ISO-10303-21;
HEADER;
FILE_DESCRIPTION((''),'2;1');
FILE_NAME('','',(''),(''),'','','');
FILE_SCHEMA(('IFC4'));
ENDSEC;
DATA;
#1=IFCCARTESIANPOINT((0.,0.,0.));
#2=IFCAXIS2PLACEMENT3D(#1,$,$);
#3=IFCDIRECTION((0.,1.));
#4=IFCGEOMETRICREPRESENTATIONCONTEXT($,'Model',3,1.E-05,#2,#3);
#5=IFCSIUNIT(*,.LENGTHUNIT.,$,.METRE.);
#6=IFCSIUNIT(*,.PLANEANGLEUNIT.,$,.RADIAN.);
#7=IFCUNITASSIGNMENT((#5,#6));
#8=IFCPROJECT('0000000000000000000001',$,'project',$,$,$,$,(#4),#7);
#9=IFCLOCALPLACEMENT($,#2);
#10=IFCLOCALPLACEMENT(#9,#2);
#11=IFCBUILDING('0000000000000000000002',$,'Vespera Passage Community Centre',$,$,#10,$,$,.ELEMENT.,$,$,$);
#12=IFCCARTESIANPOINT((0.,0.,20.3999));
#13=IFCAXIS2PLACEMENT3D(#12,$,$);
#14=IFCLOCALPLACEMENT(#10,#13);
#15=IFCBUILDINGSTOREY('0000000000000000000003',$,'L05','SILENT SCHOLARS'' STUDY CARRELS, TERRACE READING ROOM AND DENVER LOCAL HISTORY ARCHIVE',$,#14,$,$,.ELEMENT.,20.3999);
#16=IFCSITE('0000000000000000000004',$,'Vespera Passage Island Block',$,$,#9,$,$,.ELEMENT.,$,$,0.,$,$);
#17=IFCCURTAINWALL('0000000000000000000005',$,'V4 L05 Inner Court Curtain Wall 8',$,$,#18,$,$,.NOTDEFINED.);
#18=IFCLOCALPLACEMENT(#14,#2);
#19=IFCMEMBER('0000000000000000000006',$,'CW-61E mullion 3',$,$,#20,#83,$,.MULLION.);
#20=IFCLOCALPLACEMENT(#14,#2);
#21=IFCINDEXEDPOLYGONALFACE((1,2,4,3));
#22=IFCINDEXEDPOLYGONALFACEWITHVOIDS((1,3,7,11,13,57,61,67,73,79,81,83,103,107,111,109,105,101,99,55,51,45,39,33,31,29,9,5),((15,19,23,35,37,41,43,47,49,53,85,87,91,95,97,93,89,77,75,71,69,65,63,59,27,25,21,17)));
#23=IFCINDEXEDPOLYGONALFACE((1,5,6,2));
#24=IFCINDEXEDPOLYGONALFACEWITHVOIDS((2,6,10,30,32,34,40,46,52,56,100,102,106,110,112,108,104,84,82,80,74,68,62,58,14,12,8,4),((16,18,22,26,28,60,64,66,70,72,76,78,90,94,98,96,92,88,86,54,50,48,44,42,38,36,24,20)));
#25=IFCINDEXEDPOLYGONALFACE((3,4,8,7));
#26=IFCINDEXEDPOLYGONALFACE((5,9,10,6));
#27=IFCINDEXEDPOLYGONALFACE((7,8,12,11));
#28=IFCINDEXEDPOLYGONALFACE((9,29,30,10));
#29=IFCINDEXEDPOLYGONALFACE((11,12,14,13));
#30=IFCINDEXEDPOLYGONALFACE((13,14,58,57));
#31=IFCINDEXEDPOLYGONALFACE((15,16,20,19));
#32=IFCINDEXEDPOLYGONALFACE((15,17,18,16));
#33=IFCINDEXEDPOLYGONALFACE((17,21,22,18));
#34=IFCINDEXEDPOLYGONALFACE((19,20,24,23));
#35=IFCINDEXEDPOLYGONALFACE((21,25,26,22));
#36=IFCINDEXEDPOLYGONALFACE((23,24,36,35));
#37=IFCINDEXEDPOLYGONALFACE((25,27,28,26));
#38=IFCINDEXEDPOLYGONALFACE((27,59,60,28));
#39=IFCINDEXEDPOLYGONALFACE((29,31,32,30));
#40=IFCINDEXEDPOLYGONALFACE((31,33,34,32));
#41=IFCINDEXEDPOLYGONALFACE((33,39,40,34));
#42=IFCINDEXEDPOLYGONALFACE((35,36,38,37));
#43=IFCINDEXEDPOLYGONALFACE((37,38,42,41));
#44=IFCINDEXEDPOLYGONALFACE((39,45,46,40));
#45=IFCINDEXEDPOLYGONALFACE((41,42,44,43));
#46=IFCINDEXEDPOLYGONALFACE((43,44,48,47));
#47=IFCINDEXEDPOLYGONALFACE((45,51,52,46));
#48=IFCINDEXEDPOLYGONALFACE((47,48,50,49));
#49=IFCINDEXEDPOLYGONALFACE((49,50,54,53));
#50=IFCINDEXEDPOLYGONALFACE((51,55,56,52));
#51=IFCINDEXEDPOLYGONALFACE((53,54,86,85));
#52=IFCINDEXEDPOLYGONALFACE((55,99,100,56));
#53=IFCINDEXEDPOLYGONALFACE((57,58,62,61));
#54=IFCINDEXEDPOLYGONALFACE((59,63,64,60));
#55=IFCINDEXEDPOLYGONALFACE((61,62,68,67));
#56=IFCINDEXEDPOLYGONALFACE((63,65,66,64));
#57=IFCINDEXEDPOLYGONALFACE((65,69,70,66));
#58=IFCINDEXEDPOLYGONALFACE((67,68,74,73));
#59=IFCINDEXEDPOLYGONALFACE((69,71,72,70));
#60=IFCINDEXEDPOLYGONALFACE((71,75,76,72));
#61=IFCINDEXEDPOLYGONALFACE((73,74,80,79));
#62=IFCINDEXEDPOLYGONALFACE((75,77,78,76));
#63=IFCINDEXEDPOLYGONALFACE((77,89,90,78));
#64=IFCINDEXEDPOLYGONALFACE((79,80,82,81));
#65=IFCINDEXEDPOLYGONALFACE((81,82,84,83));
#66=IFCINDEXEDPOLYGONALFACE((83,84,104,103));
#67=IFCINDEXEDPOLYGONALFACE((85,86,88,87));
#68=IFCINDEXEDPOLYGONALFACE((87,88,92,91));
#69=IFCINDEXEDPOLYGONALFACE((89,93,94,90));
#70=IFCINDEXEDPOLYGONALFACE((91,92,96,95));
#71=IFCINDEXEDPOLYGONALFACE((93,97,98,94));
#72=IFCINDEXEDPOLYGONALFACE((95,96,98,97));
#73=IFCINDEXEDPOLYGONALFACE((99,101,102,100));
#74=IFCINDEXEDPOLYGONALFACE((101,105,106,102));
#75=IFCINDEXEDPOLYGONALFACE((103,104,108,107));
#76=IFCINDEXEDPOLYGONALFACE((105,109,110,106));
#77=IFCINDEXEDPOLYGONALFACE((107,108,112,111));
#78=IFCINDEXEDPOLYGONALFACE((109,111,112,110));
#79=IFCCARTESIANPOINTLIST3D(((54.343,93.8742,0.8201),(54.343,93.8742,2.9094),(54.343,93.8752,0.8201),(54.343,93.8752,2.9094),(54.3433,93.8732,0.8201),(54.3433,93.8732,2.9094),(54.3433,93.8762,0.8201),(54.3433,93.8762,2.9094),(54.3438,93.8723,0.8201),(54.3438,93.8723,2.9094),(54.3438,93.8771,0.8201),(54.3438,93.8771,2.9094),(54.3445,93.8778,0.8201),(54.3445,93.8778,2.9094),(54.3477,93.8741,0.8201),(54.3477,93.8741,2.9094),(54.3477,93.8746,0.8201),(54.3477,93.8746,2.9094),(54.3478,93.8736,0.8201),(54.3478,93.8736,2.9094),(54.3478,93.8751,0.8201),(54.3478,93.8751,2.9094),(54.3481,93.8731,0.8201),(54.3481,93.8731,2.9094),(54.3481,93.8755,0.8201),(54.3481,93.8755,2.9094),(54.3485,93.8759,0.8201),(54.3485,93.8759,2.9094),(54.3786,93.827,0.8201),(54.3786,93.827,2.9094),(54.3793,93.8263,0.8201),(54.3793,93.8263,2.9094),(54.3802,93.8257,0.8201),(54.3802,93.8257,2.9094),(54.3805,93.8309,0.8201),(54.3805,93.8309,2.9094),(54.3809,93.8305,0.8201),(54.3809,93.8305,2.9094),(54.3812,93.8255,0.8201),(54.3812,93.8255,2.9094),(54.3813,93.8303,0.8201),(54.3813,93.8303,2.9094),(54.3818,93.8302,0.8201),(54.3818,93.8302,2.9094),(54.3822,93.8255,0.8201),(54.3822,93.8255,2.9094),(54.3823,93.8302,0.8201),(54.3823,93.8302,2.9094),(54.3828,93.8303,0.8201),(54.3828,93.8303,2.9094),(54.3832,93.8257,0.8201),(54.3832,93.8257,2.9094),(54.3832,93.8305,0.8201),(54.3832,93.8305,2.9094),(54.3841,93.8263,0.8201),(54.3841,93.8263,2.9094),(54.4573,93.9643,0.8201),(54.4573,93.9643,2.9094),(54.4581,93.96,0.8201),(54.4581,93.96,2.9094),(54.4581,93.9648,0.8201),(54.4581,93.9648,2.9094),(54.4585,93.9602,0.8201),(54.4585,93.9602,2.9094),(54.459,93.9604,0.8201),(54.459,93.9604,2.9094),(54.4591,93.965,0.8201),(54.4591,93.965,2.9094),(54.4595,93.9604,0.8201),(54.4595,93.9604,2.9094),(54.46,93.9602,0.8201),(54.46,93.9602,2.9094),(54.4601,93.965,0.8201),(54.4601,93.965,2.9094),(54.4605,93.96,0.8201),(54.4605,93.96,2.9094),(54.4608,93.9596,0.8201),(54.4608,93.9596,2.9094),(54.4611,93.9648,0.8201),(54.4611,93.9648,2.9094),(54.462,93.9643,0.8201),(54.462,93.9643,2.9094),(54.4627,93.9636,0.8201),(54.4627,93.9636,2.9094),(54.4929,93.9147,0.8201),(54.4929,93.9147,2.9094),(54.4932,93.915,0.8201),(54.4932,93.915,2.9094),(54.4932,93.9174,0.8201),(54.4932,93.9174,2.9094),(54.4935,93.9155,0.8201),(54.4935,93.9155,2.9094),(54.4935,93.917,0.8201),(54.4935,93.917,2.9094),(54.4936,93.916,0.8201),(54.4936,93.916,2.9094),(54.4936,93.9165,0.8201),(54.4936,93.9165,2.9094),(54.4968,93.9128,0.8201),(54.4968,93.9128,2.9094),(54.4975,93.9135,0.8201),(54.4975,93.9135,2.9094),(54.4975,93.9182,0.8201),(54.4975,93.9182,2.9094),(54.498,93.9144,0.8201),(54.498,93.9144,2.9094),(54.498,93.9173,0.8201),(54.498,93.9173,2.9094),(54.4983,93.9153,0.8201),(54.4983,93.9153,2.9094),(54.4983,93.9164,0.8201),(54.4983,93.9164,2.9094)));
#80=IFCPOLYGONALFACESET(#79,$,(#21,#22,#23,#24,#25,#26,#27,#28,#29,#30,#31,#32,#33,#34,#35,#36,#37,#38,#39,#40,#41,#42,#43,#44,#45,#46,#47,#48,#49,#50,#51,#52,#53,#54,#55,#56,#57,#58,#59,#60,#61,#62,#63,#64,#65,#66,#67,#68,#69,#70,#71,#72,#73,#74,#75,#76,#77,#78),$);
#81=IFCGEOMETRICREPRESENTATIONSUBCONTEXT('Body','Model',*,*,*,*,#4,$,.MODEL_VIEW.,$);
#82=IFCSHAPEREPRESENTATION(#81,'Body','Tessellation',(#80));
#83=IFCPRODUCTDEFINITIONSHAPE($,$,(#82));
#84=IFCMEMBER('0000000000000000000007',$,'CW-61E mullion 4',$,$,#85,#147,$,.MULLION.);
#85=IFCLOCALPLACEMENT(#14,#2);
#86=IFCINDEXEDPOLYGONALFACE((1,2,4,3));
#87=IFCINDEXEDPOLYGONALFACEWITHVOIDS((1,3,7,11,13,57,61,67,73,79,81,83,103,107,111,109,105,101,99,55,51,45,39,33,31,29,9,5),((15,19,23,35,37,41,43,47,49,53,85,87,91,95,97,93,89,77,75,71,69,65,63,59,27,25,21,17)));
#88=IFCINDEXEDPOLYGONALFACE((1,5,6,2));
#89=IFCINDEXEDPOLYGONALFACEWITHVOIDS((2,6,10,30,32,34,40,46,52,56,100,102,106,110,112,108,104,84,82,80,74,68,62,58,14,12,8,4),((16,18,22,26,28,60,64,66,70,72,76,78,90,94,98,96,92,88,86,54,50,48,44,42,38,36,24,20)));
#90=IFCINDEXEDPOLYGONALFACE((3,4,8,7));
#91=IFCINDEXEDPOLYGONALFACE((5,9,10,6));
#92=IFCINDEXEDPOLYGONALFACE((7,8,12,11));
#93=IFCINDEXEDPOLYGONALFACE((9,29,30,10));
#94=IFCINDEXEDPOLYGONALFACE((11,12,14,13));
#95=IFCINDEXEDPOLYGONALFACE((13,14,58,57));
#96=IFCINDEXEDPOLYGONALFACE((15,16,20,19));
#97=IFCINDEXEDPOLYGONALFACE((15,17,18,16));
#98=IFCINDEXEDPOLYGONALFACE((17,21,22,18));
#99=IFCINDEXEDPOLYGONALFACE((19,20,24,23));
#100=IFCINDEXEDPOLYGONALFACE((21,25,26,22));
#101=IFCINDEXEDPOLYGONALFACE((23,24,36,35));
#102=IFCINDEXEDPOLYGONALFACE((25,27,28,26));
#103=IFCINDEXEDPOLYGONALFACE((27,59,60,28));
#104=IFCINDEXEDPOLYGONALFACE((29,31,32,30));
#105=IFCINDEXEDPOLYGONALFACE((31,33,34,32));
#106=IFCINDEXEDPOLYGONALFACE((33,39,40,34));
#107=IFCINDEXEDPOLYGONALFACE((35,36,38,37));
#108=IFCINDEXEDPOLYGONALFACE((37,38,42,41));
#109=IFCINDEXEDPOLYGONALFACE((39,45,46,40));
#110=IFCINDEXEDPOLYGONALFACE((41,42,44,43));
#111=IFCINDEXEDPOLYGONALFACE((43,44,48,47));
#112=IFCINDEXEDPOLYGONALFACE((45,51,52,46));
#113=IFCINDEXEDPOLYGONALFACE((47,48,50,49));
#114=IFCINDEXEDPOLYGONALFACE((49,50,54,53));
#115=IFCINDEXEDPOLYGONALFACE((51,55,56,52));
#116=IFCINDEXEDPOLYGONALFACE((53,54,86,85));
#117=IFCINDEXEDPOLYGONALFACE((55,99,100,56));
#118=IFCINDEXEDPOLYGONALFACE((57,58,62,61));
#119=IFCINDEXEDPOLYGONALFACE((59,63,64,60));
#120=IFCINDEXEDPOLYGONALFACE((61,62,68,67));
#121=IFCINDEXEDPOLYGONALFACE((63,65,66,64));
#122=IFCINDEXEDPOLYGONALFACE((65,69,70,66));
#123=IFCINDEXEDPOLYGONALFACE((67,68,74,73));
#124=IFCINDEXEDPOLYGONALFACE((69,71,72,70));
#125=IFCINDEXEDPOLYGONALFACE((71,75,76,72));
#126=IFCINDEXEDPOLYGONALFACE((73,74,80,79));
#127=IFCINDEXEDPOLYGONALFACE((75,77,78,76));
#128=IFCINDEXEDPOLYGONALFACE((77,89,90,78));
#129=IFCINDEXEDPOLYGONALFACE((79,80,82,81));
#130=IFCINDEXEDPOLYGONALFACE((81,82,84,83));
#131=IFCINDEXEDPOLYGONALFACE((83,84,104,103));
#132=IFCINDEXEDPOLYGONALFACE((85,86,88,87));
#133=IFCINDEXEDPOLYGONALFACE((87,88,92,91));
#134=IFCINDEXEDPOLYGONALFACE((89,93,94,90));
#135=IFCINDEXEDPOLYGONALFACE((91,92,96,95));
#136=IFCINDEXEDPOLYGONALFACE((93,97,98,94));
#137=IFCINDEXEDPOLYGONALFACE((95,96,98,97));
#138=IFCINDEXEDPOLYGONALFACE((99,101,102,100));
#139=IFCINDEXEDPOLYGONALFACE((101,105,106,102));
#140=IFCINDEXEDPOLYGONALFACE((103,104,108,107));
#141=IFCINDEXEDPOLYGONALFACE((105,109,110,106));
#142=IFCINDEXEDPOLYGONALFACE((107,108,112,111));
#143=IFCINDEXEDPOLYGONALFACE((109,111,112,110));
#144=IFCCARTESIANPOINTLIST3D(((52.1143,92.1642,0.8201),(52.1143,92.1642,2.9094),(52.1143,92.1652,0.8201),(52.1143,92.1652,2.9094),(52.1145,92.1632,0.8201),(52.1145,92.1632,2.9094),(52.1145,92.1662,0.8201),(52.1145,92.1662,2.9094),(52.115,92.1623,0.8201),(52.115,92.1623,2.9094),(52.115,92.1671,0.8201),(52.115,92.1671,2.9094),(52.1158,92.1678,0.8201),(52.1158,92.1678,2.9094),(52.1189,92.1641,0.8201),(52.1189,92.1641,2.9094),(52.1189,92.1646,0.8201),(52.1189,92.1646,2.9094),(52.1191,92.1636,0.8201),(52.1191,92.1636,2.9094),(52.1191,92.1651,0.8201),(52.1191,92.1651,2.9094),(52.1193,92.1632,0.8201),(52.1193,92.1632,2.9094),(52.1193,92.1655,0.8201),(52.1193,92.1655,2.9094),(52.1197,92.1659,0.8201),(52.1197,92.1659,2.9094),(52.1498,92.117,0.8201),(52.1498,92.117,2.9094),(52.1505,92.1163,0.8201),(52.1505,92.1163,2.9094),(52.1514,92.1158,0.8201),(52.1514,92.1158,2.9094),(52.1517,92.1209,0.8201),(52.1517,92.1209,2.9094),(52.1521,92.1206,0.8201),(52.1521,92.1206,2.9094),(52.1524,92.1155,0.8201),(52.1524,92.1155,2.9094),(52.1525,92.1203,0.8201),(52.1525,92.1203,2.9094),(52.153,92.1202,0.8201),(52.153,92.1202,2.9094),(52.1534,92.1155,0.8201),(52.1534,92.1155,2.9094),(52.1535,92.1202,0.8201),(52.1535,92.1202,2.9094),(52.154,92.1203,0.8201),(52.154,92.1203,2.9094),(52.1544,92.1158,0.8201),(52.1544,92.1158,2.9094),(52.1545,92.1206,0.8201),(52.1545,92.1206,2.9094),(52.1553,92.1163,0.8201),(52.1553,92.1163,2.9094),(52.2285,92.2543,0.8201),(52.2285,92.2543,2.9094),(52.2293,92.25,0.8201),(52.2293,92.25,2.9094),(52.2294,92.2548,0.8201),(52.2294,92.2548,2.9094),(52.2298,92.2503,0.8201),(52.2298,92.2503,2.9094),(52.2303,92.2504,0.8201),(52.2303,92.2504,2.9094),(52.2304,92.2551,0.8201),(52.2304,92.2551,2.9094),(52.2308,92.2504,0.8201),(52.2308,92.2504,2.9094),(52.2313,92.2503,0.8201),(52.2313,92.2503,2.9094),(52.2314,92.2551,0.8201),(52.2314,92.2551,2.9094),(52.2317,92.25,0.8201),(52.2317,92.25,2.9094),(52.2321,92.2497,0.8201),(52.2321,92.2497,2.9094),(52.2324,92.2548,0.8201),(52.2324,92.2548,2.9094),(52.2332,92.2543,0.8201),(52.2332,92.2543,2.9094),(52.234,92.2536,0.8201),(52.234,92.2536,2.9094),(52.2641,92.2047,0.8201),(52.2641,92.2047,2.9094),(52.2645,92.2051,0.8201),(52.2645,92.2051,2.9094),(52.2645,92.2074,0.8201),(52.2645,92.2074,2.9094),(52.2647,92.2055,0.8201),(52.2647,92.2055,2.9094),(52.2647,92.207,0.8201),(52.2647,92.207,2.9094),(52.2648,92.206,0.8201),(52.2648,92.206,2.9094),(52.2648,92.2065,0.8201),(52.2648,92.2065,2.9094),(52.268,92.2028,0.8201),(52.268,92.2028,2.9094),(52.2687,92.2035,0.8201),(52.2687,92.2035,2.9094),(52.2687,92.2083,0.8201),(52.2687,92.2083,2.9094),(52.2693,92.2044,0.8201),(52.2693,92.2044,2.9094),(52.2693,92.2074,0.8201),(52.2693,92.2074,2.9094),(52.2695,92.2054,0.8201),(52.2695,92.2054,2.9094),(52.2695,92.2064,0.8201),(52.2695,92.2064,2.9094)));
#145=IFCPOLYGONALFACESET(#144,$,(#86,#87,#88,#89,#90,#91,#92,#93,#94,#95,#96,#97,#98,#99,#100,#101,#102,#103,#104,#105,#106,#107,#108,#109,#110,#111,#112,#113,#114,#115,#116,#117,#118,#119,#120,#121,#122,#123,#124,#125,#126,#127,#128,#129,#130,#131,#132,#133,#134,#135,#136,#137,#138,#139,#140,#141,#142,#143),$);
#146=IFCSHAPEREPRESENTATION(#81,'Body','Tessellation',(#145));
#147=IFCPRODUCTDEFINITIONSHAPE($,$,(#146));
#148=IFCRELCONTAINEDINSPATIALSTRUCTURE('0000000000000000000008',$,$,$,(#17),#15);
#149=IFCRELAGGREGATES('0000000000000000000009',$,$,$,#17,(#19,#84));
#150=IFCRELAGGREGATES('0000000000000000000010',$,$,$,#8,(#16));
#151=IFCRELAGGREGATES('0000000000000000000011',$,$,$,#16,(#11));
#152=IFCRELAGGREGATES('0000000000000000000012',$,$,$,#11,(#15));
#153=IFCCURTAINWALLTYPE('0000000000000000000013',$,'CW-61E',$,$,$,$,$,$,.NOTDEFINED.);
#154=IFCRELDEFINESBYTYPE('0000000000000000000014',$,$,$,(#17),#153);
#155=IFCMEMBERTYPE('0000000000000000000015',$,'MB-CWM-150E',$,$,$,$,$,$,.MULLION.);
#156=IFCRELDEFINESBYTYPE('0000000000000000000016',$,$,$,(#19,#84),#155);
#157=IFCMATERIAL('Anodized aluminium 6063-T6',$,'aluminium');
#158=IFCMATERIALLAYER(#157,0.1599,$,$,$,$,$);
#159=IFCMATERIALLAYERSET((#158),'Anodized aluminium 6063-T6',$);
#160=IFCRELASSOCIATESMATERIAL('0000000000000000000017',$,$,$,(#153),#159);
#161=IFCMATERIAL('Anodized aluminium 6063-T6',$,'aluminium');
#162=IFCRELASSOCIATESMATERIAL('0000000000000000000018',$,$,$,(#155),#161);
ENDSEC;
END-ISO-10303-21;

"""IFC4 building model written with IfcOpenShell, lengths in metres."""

from ifc_helpers import new_model, si_unit, direction, frame, origin, origin_2d, place, context, subcontext, project, spatial, hollow_rectangle, extrude, material, layer, layer_set, material_profile, profile_set, type_object, element, aggregate, save


model = new_model("IFC4")

# Units and contexts
model_context = context("Model", 3, precision=1e-05, world=origin(), true_north=direction((0.0, 1.0)))
body_context = subcontext(model_context, "Body", "Model", "MODEL_VIEW")
ifc_project = project(units=[si_unit("LENGTHUNIT", "METRE"), si_unit("PLANEANGLEUNIT", "RADIAN")], contexts=[model_context])

# Site, building, storey
site_placement = place(None, origin())
site = spatial("IfcSite", under=ifc_project, at=site_placement, Name="Vespera Passage Island Block", CompositionType="ELEMENT", RefElevation=0.0)
building_placement = place(site_placement, origin())
building = spatial("IfcBuilding", under=site, at=building_placement, Name="Vespera Passage Community Centre", CompositionType="ELEMENT")
storey_placement = place(building_placement, frame((0.0, 0.0, 20.3999)))
storey = spatial("IfcBuildingStorey", under=building, at=storey_placement, Name="L05", Description="SILENT SCHOLARS' STUDY CARRELS, TERRACE READING ROOM AND DENVER LOCAL HISTORY ARCHIVE", CompositionType="ELEMENT", Elevation=20.3999)

# Curtain wall, members
ifc_material_1 = material(Name="Anodized aluminium 6063-T6", Category="aluminium")
ifc_layer_1 = layer(ifc_material_1, 0.1599)
ifc_layer_set_1 = layer_set([ifc_layer_1], Name="Anodized aluminium 6063-T6")
curtain_wall_type_1 = type_object("IfcCurtainWallType", Name="CW-61E", PredefinedType="NOTDEFINED", material=ifc_layer_set_1)
curtain_wall_1_placement = place(storey_placement, origin())
curtain_wall_1 = element("IfcCurtainWall", 1, at=curtain_wall_1_placement, inside=storey, type_object=curtain_wall_type_1, Name="V4 L05 Inner Court Curtain Wall 8", PredefinedType="NOTDEFINED")
ifc_material_2 = material(Name="Anodized aluminium 6063-T6", Category="aluminium")
ifc_material_profile_1 = material_profile(ifc_material_2, hollow_rectangle(XDim=0.0649, YDim=0.1499, WallThickness=0.0039, InnerFilletRadius=0.002, OuterFilletRadius=0.0039, at=origin_2d()), Name="ALU150X65X4")
ifc_profile_set_1 = profile_set([ifc_material_profile_1], Name="Anodized aluminium 6063-T6")
member_type_1 = type_object("IfcMemberType", Name="MB-CWM-150E", PredefinedType="MULLION", material=ifc_profile_set_1)
member_1_placement = place(storey_placement, frame((54.4207, 93.8953, 0.8201), z_axis=(0.0, 0.0, 1.0), x_axis=(0.608755, -0.793358, 0.0)))
member_1 = element("IfcMember", 2, at=member_1_placement, type_object=member_type_1, Name="CW-61E mullion 3", PredefinedType="MULLION", context=body_context, shape_type="SweptSolid", body=[
    extrude(hollow_rectangle(XDim=0.0649, YDim=0.1499, WallThickness=0.0039, InnerFilletRadius=0.002, OuterFilletRadius=0.0039, at=origin_2d()), origin(), (0.0, 0.0, 1.0), 2.0894),
])
member_2_placement = place(storey_placement, frame((52.1919, 92.1853, 0.8201), z_axis=(0.0, 0.0, 1.0), x_axis=(0.608755, -0.793358, 0.0)))
member_2 = element("IfcMember", 3, at=member_2_placement, type_object=member_type_1, Name="CW-61E mullion 4", PredefinedType="MULLION", context=body_context, shape_type="SweptSolid", body=[
    extrude(hollow_rectangle(XDim=0.0649, YDim=0.1499, WallThickness=0.0039, InnerFilletRadius=0.002, OuterFilletRadius=0.0039, at=origin_2d()), origin(), (0.0, 0.0, 1.0), 2.0894),
])

aggregate(curtain_wall_1, [member_1, member_2])

save(model, "model.ifc")
